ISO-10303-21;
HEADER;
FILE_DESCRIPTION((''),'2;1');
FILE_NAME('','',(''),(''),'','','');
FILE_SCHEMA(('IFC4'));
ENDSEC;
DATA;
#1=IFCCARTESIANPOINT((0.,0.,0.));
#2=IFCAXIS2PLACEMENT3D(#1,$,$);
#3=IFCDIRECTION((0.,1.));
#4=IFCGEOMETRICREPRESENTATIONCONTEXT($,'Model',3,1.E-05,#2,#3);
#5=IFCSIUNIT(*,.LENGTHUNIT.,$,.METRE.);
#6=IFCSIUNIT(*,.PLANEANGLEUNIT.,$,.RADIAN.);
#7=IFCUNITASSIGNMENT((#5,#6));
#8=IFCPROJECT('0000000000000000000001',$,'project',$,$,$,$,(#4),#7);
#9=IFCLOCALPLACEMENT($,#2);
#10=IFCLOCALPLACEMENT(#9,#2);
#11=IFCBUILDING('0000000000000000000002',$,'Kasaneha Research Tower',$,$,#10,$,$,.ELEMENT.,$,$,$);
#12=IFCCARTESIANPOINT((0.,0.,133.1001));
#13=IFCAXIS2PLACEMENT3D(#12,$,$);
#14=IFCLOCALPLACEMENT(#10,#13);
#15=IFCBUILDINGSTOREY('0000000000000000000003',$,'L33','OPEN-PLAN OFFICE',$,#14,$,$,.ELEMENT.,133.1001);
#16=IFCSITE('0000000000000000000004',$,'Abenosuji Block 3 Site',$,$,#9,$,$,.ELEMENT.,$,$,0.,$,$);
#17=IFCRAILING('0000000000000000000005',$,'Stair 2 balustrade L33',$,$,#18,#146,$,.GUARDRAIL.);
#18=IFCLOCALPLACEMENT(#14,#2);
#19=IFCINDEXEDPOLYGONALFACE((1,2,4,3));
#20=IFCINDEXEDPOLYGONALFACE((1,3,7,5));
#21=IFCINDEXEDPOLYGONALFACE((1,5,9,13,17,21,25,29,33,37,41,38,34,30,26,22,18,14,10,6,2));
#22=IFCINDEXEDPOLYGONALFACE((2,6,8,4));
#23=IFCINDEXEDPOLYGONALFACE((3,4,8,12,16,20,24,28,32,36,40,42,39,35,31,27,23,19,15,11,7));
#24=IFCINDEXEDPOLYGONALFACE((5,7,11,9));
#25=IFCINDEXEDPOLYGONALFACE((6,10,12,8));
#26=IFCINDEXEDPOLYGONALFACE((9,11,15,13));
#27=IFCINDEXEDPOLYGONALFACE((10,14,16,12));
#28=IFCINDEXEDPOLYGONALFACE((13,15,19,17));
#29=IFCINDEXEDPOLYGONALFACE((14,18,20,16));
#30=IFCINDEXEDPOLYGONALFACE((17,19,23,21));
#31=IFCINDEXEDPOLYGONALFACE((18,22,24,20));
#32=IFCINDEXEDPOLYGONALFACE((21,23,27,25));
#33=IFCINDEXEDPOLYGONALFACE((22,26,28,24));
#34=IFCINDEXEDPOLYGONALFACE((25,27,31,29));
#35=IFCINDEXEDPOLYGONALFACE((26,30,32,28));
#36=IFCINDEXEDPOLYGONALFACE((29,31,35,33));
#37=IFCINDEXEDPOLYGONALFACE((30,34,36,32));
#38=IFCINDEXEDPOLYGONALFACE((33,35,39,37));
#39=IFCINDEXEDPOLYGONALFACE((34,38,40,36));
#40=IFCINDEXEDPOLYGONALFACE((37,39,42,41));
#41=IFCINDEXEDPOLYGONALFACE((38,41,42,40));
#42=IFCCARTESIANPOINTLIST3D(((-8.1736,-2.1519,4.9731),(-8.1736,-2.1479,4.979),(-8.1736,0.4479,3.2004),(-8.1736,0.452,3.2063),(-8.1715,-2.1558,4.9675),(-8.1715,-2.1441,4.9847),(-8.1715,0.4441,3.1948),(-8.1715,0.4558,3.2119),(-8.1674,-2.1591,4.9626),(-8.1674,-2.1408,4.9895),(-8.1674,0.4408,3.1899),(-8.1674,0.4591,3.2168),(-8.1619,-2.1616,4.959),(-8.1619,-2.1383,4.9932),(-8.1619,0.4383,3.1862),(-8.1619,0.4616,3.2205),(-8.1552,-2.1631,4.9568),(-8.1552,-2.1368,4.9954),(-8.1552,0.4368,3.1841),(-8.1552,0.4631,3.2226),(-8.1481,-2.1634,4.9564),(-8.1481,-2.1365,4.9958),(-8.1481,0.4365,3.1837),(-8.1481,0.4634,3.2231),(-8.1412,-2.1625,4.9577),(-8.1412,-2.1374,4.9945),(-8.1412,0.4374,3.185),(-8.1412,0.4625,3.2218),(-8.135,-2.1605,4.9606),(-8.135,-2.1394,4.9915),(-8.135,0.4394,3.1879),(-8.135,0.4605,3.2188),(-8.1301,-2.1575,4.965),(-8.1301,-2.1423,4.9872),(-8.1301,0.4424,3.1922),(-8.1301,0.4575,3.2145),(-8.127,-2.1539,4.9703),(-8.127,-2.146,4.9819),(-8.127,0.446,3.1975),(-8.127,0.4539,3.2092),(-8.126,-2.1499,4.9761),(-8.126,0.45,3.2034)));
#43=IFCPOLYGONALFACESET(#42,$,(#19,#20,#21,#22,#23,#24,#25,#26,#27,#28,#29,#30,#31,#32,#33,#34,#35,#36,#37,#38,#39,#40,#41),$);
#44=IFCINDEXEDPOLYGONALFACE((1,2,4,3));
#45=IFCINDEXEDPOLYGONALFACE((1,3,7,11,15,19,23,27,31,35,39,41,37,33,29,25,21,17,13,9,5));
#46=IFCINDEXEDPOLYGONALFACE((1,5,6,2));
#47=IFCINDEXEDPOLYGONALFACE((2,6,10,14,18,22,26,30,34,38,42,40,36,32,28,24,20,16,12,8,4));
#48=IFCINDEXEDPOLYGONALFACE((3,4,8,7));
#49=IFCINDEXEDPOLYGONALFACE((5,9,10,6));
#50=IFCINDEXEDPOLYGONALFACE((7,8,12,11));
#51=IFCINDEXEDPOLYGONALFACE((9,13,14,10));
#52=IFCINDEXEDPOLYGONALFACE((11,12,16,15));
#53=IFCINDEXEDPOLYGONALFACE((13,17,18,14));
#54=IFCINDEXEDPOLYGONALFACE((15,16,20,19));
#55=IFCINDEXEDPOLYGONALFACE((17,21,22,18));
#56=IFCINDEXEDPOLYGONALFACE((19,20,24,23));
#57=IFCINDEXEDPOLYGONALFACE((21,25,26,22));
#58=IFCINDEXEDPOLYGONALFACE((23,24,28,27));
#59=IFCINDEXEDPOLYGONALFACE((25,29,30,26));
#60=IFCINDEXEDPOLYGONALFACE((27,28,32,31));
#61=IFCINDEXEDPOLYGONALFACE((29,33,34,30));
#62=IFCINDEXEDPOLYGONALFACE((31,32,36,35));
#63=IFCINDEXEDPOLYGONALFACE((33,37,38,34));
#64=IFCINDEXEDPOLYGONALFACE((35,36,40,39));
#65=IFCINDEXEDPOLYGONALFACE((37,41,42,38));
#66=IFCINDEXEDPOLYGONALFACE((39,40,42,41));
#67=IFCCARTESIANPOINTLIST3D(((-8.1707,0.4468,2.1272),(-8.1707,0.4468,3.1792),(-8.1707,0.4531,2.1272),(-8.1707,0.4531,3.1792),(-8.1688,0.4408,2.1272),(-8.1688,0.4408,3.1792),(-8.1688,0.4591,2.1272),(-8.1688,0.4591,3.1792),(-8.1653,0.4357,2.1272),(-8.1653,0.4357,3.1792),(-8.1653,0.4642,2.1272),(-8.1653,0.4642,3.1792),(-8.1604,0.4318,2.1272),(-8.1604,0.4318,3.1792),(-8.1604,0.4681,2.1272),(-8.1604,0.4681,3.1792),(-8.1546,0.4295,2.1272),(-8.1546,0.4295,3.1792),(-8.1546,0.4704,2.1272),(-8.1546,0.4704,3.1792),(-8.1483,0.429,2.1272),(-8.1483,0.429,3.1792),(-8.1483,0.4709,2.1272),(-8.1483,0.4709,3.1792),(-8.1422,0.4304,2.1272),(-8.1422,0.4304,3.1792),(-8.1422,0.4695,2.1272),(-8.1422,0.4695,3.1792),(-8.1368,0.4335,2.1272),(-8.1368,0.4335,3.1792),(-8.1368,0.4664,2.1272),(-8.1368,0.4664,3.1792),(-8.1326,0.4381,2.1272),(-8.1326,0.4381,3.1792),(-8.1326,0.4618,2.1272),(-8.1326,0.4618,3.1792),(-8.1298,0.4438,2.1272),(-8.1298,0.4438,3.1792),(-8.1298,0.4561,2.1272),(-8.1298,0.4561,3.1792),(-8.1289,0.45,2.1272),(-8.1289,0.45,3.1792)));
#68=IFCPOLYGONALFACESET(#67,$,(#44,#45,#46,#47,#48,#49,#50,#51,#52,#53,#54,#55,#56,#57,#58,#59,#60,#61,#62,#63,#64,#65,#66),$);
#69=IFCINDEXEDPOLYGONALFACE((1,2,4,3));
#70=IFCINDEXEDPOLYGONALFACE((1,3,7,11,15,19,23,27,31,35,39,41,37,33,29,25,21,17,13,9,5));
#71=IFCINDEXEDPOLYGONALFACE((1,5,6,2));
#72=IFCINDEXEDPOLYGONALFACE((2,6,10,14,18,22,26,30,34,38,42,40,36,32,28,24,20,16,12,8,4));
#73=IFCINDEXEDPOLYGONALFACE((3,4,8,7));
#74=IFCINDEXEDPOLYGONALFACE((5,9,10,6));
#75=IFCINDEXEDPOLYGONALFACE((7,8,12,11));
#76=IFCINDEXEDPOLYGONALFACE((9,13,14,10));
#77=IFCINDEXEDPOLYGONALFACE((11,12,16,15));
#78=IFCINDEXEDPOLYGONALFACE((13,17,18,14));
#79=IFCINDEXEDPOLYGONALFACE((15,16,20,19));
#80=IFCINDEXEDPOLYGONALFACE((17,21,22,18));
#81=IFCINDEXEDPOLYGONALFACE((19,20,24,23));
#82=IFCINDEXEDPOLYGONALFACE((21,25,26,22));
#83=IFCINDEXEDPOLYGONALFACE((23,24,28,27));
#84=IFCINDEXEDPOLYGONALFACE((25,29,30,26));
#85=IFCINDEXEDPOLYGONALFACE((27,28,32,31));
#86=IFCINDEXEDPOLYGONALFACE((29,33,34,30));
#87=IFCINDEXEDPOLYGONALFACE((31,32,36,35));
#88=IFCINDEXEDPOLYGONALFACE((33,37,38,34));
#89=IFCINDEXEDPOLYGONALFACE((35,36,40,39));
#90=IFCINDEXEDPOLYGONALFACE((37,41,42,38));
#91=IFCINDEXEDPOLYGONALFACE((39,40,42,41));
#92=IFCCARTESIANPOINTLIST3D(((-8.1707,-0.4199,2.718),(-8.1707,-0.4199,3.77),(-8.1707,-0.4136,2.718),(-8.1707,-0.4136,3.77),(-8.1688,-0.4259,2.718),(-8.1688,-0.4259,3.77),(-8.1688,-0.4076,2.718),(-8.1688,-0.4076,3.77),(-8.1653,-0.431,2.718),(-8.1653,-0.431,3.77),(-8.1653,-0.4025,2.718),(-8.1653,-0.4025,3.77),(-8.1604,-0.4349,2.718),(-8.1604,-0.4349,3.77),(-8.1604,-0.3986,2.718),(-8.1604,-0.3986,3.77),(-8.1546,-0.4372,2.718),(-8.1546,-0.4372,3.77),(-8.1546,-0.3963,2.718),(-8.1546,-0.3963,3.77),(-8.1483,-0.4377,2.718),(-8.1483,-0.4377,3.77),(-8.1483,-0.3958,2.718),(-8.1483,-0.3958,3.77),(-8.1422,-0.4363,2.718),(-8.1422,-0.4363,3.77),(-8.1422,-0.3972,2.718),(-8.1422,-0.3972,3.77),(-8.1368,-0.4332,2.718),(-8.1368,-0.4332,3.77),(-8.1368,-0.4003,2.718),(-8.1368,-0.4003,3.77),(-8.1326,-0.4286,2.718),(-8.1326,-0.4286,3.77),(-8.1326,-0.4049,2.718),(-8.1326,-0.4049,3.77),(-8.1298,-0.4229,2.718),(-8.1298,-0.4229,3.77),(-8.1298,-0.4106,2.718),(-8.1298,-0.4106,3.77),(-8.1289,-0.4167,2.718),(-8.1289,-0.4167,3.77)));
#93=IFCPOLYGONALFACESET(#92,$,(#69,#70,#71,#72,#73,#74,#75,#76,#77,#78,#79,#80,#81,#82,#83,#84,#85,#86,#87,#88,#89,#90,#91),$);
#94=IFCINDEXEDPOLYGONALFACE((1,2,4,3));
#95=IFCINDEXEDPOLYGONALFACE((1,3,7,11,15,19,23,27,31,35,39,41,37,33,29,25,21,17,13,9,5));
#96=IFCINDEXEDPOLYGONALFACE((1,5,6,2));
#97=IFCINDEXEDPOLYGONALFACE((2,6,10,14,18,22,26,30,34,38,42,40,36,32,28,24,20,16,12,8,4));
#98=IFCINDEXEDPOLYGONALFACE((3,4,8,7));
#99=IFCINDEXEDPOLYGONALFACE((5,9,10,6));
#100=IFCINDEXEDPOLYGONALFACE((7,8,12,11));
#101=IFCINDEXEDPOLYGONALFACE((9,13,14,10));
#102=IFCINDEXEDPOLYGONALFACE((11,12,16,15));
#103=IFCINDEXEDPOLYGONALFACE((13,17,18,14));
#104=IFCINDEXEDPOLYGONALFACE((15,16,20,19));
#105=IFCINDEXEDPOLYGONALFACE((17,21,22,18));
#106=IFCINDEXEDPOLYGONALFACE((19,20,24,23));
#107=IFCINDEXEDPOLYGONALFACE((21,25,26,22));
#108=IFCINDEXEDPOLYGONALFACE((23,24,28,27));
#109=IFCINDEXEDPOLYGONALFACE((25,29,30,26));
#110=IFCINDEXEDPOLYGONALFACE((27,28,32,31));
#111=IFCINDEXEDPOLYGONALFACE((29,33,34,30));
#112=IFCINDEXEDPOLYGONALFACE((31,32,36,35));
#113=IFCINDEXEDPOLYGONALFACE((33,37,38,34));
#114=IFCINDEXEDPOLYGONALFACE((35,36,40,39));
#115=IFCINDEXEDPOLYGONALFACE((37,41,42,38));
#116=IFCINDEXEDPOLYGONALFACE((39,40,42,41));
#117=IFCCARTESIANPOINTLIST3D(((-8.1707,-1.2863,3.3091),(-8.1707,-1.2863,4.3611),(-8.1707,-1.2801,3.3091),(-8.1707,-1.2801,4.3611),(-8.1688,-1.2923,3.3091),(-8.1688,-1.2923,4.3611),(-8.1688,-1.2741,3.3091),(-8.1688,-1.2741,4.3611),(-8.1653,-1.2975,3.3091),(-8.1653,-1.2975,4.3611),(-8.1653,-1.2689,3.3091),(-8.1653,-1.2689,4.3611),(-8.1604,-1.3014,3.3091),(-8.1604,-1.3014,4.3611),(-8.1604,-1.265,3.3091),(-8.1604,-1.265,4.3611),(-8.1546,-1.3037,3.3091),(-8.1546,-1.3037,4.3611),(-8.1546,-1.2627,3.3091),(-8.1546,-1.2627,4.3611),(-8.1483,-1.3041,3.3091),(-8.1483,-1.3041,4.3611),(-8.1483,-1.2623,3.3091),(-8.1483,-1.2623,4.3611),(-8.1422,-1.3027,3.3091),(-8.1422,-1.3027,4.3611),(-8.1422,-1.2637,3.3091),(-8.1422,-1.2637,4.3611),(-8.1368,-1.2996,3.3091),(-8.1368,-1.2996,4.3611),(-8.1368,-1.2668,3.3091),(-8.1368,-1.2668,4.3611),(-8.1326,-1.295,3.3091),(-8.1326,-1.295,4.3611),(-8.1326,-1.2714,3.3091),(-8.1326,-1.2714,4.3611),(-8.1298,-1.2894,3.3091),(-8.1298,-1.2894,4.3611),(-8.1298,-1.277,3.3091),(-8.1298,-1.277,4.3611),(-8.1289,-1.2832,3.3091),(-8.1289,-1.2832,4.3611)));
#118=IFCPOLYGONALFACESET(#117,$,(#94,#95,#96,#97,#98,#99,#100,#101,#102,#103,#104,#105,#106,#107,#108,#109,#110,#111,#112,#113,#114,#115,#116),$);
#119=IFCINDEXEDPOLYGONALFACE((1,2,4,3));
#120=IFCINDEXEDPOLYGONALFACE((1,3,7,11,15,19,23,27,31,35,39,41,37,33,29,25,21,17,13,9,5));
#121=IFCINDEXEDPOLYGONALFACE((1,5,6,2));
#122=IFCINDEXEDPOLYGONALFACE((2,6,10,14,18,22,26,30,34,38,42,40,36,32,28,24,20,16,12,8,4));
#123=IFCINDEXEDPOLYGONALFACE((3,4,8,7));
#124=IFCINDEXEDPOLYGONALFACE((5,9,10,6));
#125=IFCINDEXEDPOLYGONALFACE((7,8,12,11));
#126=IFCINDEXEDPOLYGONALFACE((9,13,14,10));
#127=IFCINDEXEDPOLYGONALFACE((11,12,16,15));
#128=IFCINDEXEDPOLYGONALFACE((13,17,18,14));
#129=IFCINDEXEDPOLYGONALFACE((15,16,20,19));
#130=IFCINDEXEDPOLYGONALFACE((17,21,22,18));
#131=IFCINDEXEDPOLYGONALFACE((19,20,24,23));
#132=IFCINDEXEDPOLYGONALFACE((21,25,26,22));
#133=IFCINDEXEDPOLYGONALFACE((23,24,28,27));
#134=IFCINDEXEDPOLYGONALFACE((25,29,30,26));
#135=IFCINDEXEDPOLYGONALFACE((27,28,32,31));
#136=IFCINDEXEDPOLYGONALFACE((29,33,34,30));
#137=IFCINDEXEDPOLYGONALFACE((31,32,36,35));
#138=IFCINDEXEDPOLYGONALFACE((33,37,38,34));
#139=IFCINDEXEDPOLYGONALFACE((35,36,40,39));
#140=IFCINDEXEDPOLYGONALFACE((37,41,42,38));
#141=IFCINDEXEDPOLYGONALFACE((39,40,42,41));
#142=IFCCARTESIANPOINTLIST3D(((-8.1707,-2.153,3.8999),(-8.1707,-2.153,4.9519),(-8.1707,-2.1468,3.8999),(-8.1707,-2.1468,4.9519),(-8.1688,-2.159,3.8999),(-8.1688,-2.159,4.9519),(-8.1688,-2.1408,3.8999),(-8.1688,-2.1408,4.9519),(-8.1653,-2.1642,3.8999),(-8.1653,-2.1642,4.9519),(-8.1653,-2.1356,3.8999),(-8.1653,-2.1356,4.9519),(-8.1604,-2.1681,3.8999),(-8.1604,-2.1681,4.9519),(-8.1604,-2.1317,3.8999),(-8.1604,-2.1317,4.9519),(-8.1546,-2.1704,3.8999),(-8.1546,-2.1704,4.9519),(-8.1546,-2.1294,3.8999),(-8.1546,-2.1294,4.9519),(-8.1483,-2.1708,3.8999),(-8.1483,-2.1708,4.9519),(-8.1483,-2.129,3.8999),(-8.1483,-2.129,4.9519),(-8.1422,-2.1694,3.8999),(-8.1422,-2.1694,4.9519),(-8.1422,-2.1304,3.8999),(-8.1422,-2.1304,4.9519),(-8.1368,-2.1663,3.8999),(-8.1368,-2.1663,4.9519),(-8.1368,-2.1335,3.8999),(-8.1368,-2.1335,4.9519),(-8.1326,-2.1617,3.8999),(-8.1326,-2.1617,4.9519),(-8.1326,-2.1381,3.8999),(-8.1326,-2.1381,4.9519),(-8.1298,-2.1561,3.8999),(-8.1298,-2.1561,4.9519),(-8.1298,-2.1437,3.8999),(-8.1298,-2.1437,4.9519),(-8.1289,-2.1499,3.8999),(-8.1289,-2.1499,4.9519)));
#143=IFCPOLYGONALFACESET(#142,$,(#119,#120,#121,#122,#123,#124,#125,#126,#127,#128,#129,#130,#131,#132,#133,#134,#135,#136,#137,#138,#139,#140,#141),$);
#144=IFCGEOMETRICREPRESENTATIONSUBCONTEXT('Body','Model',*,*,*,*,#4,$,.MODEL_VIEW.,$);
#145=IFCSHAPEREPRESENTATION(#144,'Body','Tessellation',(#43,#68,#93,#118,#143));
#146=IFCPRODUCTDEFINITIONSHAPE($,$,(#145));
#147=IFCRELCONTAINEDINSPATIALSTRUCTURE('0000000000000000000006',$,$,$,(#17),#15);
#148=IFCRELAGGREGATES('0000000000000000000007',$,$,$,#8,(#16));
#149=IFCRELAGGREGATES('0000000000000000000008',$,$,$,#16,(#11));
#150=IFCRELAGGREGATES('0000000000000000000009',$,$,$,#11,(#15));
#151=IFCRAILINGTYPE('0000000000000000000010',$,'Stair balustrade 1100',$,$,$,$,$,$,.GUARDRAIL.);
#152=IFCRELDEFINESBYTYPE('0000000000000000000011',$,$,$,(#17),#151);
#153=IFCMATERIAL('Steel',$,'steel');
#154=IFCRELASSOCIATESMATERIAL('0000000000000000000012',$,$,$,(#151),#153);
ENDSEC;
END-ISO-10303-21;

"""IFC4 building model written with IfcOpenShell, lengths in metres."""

from ifc_helpers import new_model, si_unit, direction, frame, origin, origin_2d, place, context, subcontext, project, spatial, circle, extrude, material, type_object, element, save


model = new_model("IFC4")

# Units and contexts
model_context = context("Model", 3, precision=1e-05, world=origin(), true_north=direction((0.0, 1.0)))
body_context = subcontext(model_context, "Body", "Model", "MODEL_VIEW")
ifc_project = project(units=[si_unit("LENGTHUNIT", "METRE"), si_unit("PLANEANGLEUNIT", "RADIAN")], contexts=[model_context])

# Site, building, storey
site_placement = place(None, origin())
site = spatial("IfcSite", under=ifc_project, at=site_placement, Name="Abenosuji Block 3 Site", CompositionType="ELEMENT", RefElevation=0.0)
building_placement = place(site_placement, origin())
building = spatial("IfcBuilding", under=site, at=building_placement, Name="Kasaneha Research Tower", CompositionType="ELEMENT")
storey_placement = place(building_placement, frame((0.0, 0.0, 133.1001)))
storey = spatial("IfcBuildingStorey", under=building, at=storey_placement, Name="L33", Description="OPEN-PLAN OFFICE", CompositionType="ELEMENT", Elevation=133.1001)

# Railing
ifc_material_1 = material(Name="Steel", Category="steel")
railing_type_1 = type_object("IfcRailingType", Name="Stair balustrade 1100", PredefinedType="GUARDRAIL", material=ifc_material_1)
railing_1_placement = place(storey_placement, frame((-8.1499, 0.45, 2.1272)))
element("IfcRailing", 1, at=railing_1_placement, inside=storey, type_object=railing_type_1, Name="Stair 2 balustrade L33", PredefinedType="GUARDRAIL", context=body_context, shape_type="SweptSolid", body=[
    extrude(circle(Radius=0.0239, at=origin_2d()), frame((0.0, 0.0, 1.0762), z_axis=(0.0, -0.826216, 0.563354), x_axis=(1.0, 0.0, 0.0)), (0.0, 0.0, 1.0), 3.1467),
    extrude(circle(Radius=0.021, at=origin_2d()), origin(), (0.0, 0.0, 1.0), 1.052),
    extrude(circle(Radius=0.021, at=origin_2d()), frame((0.0, -0.8667, 0.5908)), (0.0, 0.0, 1.0), 1.052),
    extrude(circle(Radius=0.021, at=origin_2d()), frame((0.0, -1.7332, 1.1819)), (0.0, 0.0, 1.0), 1.052),
    extrude(circle(Radius=0.021, at=origin_2d()), frame((0.0, -2.5999, 1.7727)), (0.0, 0.0, 1.0), 1.052),
])

save(model, "model.ifc")
